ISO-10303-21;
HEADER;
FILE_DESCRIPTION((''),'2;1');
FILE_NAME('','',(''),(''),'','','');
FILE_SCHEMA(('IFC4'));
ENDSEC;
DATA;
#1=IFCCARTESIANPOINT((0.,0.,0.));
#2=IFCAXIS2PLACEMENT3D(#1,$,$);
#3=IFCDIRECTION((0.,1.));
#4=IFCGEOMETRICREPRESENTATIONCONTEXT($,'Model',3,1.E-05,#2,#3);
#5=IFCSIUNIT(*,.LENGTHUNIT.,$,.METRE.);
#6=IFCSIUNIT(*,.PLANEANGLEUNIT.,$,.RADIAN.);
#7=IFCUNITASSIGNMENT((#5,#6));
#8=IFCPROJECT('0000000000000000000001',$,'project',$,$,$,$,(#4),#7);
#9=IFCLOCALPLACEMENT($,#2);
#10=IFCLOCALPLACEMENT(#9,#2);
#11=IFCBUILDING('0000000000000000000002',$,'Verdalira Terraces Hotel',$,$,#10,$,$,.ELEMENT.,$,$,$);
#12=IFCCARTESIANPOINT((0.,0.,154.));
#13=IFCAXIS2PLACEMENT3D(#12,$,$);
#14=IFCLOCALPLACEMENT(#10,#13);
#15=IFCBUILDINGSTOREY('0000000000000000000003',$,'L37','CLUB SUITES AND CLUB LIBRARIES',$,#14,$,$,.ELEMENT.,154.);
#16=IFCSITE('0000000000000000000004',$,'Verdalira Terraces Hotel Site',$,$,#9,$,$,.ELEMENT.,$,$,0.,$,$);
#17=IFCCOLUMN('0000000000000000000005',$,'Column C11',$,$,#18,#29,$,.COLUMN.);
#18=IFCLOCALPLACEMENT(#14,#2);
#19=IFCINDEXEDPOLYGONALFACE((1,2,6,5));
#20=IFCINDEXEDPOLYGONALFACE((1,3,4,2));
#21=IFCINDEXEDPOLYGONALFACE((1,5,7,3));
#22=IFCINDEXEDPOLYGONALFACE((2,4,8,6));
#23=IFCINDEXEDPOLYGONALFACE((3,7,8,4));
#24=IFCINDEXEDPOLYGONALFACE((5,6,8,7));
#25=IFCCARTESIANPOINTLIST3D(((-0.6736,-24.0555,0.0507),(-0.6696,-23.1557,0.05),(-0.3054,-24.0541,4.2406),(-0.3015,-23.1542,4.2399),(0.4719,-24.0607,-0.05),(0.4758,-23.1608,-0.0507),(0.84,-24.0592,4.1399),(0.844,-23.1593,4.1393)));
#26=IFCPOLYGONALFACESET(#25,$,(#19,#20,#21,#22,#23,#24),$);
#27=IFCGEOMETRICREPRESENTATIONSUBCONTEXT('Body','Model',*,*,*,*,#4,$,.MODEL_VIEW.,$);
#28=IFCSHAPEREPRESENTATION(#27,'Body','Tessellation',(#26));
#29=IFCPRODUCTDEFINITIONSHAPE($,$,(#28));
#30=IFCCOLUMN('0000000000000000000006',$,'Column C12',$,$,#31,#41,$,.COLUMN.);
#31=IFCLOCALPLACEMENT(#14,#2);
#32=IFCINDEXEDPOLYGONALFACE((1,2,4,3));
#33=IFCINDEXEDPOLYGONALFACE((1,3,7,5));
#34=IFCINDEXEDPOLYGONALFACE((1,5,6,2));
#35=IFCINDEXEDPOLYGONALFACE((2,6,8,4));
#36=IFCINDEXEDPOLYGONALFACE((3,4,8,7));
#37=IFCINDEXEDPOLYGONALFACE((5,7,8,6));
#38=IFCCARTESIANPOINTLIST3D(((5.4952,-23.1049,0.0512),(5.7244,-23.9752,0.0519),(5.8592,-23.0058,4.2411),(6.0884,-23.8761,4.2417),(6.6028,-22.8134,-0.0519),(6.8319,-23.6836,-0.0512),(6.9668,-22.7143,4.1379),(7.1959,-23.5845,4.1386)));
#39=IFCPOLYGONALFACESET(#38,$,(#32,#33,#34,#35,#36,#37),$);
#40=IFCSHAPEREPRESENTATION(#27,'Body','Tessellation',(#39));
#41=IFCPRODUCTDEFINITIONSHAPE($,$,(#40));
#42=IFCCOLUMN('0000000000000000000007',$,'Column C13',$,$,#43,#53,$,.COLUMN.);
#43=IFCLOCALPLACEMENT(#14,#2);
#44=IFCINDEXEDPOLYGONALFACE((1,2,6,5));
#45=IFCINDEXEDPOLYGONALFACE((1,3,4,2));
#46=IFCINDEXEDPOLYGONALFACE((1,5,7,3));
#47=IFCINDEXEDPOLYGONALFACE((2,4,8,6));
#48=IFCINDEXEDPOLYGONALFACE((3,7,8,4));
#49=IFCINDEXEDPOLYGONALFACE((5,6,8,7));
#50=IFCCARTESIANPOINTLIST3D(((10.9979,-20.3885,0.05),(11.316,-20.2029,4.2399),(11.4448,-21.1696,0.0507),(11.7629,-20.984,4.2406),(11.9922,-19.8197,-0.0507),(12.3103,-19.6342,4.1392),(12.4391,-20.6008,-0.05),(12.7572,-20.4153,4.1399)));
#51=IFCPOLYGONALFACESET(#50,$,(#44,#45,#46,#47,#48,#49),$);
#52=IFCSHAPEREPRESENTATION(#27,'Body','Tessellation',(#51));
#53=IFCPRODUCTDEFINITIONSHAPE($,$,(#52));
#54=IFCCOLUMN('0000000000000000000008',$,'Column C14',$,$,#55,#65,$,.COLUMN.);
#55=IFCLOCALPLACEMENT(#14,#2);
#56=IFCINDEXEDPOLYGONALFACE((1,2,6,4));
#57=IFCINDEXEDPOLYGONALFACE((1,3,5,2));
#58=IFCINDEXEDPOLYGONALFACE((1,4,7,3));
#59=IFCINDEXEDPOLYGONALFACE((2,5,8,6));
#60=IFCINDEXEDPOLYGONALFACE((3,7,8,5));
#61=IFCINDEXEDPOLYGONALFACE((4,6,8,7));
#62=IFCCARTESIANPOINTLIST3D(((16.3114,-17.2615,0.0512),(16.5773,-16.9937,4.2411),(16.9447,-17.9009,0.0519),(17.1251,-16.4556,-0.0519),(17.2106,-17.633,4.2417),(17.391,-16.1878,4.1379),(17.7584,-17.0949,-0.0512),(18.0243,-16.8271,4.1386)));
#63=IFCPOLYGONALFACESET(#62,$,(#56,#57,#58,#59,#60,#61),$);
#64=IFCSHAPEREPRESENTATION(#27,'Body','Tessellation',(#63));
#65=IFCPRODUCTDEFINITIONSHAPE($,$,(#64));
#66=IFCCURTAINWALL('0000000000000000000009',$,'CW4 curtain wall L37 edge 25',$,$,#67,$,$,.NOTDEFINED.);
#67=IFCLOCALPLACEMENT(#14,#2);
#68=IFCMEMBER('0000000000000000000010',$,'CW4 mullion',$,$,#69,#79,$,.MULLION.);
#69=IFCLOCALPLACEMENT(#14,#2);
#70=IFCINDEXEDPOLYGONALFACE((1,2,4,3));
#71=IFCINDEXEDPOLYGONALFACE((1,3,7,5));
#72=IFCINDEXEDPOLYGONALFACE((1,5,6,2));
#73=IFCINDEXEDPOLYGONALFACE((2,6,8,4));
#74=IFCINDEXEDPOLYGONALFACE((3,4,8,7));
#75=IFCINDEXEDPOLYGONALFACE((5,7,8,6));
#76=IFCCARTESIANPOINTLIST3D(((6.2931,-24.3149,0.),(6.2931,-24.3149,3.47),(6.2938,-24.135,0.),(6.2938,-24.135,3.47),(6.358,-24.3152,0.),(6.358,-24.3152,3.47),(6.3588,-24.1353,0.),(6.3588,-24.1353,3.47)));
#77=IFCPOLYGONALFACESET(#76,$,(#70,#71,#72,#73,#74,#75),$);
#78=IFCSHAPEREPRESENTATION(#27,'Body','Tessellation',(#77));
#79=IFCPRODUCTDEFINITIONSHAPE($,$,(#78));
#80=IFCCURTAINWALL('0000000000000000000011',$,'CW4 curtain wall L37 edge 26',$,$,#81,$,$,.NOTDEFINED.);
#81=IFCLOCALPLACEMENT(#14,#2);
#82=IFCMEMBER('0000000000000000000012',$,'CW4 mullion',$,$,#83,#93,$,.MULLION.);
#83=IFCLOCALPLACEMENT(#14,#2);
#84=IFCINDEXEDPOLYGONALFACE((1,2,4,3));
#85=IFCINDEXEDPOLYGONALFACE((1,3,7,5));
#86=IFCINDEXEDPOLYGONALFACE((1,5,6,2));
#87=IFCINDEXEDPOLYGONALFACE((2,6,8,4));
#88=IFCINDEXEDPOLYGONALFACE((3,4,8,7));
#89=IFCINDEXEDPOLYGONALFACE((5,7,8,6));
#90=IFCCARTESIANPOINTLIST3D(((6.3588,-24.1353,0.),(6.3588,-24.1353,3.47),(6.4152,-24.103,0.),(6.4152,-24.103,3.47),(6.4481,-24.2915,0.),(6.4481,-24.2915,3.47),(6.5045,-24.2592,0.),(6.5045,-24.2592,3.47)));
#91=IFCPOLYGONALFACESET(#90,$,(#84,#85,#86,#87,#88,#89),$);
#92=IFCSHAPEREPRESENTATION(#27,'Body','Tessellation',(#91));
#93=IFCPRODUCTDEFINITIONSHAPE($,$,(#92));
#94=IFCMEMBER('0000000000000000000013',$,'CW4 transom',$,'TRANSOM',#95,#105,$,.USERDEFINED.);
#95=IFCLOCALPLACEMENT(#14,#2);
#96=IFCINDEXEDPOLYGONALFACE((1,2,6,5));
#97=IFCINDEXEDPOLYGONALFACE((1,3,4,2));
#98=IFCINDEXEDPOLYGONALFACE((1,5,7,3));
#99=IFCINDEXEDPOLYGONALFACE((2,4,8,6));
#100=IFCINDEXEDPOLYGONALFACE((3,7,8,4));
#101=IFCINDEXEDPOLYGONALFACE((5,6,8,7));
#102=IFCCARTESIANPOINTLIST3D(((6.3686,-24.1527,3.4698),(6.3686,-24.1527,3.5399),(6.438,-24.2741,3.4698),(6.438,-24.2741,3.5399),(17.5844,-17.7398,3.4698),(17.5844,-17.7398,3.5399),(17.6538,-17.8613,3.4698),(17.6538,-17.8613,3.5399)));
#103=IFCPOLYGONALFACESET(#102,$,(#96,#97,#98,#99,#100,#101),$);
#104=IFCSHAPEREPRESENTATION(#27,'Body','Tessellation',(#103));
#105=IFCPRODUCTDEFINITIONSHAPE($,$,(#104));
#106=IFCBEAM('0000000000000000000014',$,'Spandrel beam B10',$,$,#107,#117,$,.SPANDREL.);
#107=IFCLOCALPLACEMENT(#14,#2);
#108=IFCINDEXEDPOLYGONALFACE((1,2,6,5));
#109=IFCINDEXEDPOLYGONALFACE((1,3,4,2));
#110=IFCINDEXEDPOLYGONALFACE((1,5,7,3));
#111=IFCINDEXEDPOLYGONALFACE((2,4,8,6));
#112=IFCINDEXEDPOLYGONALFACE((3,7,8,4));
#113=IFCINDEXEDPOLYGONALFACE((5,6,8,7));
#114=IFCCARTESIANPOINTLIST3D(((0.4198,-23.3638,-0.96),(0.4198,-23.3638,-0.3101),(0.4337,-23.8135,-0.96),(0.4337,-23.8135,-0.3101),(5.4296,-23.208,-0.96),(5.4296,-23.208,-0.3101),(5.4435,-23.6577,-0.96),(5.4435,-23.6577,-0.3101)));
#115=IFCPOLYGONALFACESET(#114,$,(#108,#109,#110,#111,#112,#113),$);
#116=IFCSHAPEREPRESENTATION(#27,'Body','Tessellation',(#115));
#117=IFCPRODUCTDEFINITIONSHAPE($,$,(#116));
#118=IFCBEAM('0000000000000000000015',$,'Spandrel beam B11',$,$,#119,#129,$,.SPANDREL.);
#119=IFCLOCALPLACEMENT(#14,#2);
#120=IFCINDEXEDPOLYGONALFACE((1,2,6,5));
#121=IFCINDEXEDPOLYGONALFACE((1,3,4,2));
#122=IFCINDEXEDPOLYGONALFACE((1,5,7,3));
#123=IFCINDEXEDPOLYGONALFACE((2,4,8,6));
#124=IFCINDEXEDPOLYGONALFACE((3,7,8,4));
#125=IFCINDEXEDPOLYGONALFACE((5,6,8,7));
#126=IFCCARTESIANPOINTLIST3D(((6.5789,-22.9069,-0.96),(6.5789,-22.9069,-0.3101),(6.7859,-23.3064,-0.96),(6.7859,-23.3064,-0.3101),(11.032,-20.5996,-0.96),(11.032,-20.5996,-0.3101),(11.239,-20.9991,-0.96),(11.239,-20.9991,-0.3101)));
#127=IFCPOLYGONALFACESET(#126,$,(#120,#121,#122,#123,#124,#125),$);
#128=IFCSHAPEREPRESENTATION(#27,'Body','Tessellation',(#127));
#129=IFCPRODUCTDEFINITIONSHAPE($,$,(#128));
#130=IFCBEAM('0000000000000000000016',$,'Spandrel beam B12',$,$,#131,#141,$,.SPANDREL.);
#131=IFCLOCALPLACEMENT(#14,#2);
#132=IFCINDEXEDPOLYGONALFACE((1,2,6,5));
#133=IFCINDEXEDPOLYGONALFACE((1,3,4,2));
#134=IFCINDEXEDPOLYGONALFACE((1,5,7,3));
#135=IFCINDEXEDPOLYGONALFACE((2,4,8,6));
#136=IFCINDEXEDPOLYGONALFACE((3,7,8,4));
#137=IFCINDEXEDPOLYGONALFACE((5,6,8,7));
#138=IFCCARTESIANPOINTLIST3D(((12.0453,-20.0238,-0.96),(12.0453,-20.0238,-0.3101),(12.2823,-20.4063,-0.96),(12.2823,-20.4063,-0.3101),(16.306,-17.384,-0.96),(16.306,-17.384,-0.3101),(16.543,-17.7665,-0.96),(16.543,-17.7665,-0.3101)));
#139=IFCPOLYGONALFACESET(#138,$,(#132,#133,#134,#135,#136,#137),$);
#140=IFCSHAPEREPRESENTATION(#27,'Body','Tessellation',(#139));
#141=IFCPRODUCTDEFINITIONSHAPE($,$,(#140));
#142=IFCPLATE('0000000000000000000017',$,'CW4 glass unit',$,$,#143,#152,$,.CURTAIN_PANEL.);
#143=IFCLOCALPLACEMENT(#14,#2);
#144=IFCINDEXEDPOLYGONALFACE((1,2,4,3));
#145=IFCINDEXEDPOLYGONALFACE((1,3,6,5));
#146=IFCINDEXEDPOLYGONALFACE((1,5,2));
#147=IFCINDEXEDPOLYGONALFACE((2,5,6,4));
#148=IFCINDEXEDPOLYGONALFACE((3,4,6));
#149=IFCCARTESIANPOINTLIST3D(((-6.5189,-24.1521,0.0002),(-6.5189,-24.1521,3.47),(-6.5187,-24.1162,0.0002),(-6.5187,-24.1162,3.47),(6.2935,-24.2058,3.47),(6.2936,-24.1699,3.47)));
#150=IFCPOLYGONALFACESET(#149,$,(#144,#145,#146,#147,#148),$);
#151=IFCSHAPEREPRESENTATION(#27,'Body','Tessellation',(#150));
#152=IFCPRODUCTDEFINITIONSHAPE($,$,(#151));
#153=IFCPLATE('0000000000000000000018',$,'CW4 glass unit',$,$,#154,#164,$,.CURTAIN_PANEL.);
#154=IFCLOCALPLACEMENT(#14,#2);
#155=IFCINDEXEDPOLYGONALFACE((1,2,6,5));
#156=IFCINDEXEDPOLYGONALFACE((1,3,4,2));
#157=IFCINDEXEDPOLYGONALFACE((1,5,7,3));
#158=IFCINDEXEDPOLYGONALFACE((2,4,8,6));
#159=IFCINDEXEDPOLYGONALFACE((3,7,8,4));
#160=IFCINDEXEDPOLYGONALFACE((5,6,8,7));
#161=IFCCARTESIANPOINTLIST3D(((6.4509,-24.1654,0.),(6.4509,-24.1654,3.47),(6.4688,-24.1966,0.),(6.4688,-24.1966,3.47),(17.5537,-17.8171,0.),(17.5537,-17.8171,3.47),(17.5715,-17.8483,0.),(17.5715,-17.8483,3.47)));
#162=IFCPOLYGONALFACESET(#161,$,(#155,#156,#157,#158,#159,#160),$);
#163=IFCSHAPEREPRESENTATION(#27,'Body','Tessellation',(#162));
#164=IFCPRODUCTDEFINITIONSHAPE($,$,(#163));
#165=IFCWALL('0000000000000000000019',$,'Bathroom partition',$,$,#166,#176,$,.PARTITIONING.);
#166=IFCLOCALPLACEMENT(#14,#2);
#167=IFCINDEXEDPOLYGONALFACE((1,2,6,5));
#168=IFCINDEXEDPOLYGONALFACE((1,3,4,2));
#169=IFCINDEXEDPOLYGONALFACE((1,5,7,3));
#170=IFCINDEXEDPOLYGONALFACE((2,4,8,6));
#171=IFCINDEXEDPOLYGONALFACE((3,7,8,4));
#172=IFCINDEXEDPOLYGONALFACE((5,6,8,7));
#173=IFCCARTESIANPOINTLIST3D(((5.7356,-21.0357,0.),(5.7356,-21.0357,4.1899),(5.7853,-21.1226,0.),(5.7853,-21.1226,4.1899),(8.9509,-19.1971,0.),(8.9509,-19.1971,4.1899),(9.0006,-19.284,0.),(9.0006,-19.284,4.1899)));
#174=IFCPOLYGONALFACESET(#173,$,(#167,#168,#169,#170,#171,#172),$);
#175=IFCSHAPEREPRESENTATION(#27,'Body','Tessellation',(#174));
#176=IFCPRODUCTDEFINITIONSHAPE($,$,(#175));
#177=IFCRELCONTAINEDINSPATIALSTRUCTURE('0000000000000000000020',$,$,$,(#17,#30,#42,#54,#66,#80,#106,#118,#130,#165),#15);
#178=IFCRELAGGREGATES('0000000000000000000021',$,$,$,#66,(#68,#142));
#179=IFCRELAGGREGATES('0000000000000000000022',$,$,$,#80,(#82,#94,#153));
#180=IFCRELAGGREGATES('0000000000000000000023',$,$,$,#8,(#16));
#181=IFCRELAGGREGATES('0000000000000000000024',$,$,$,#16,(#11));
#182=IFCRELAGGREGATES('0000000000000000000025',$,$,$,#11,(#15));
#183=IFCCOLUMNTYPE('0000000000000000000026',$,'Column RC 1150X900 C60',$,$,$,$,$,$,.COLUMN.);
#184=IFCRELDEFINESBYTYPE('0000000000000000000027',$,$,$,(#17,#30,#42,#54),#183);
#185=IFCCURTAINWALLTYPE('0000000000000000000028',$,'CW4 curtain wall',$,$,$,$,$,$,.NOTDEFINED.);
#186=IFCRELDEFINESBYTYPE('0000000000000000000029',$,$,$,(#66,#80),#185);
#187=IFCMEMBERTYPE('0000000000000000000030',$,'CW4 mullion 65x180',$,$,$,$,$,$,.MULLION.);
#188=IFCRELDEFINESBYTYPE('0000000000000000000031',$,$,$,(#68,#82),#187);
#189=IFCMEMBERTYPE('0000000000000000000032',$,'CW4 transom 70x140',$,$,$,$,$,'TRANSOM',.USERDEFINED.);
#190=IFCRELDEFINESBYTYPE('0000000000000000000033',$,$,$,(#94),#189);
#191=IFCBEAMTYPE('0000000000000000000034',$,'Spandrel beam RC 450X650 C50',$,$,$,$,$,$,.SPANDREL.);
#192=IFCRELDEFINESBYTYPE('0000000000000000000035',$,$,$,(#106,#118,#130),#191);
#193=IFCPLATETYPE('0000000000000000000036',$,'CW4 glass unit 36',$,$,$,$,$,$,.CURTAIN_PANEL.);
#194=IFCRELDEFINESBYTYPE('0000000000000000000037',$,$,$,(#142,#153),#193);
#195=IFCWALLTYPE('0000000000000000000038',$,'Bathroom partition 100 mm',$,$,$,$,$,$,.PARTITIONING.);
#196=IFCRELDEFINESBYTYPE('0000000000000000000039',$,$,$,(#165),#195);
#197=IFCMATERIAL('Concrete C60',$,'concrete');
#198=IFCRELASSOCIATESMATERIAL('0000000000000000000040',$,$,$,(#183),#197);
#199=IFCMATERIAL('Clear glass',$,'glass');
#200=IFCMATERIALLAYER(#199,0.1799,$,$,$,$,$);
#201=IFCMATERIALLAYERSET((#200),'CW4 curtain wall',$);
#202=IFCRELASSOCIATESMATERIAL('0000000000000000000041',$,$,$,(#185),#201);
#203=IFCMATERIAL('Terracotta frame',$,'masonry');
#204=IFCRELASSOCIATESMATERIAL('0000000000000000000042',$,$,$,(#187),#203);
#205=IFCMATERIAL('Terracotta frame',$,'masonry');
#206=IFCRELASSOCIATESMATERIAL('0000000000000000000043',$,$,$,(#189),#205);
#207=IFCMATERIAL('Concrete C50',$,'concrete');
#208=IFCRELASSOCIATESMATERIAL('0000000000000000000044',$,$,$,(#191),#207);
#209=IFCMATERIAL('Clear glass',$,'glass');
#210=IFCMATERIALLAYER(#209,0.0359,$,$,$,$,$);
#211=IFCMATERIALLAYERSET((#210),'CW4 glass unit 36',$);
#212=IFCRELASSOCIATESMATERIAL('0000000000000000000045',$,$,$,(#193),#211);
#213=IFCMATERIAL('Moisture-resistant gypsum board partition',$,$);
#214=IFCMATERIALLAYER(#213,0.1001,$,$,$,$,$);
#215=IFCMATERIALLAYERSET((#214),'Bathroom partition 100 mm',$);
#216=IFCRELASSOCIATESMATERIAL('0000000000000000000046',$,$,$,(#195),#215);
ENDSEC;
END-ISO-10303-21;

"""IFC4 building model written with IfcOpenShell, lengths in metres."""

from ifc_helpers import new_model, si_unit, direction, frame, frame_2d, origin, origin_2d, place, context, subcontext, project, spatial, polyline, rectangle, outline, extrude, material, layer, layer_set, material_profile, profile_set, type_object, element, aggregate, save


model = new_model("IFC4")

# Units and contexts
model_context = context("Model", 3, precision=1e-05, world=origin(), true_north=direction((0.0, 1.0)))
body_context = subcontext(model_context, "Body", "Model", "MODEL_VIEW")
ifc_project = project(units=[si_unit("LENGTHUNIT", "METRE"), si_unit("PLANEANGLEUNIT", "RADIAN")], contexts=[model_context])

# Site, building, storey
site_placement = place(None, origin())
site = spatial("IfcSite", under=ifc_project, at=site_placement, Name="Verdalira Terraces Hotel Site", CompositionType="ELEMENT", RefElevation=0.0)
building_placement = place(site_placement, origin())
building = spatial("IfcBuilding", under=site, at=building_placement, Name="Verdalira Terraces Hotel", CompositionType="ELEMENT")
storey_placement = place(building_placement, frame((0.0, 0.0, 154.0)))
storey = spatial("IfcBuildingStorey", under=building, at=storey_placement, Name="L37", Description="CLUB SUITES AND CLUB LIBRARIES", CompositionType="ELEMENT", Elevation=154.0)

# Columns
ifc_material_1 = material(Name="Concrete C60", Category="concrete")
ifc_material_profile_1 = material_profile(ifc_material_1, rectangle(XDim=1.1499, YDim=0.8999, at=origin_2d()), Name="RC 1150X900")
ifc_profile_set_1 = profile_set([ifc_material_profile_1], Name="Concrete C60")
column_type = type_object("IfcColumnType", Name="Column RC 1150X900 C60", PredefinedType="COLUMN", material=ifc_profile_set_1)
column_1_placement = place(storey_placement, frame((-0.0989, -23.6082, 0.0), z_axis=(0.087531, 0.000348, 0.996162), x_axis=(0.996152, -0.004447, -0.087529)))
element("IfcColumn", 1, at=column_1_placement, inside=storey, type_object=column_type, Name="Column C11", PredefinedType="COLUMN", context=body_context, shape_type="SweptSolid", body=[
    extrude(rectangle(XDim=1.1499, YDim=0.8999, at=origin_2d()), origin(), (0.0, 0.0, 1.0), 4.2061),
])
column_2_placement = place(storey_placement, frame((6.1636, -23.3943, 0.0), z_axis=(0.086528, 0.023562, 0.995971), x_axis=(-0.963156, -0.253551, 0.089675)))
element("IfcColumn", 2, at=column_2_placement, inside=storey, type_object=column_type, Name="Column C12", PredefinedType="COLUMN", context=body_context, shape_type="SweptSolid", body=[
    extrude(rectangle(XDim=1.1499, YDim=0.8999, at=origin_2d()), origin(), (0.0, 0.0, 1.0), 4.2068),
])
column_3_placement = place(storey_placement, frame((11.7185, -20.4946, 0.0), z_axis=(0.075632, 0.044114, 0.99616), x_axis=(0.864693, 0.494612, -0.087554)))
element("IfcColumn", 3, at=column_3_placement, inside=storey, type_object=column_type, Name="Column C13", PredefinedType="COLUMN", context=body_context, shape_type="SweptSolid", body=[
    extrude(rectangle(XDim=1.1499, YDim=0.8999, at=origin_2d()), origin(), (0.0, 0.0, 1.0), 4.2061),
])
column_4_placement = place(storey_placement, frame((17.0349, -17.1782, 0.0), z_axis=(0.063198, 0.063663, 0.995968), x_axis=(-0.707618, -0.700878, 0.089702)))
element("IfcColumn", 4, at=column_4_placement, inside=storey, type_object=column_type, Name="Column C14", PredefinedType="COLUMN", context=body_context, shape_type="SweptSolid", body=[
    extrude(rectangle(XDim=1.1499, YDim=0.8999, at=origin_2d()), origin(), (0.0, 0.0, 1.0), 4.2068),
])

# Curtain wall, member
ifc_material_2 = material(Name="Clear glass", Category="glass")
ifc_layer_1 = layer(ifc_material_2, 0.1799)
ifc_layer_set_1 = layer_set([ifc_layer_1], Name="CW4 curtain wall")
curtain_wall_type = type_object("IfcCurtainWallType", Name="CW4 curtain wall", PredefinedType="NOTDEFINED", material=ifc_layer_set_1)
curtain_wall_1_placement = place(storey_placement, origin())
curtain_wall_1 = element("IfcCurtainWall", 5, at=curtain_wall_1_placement, inside=storey, type_object=curtain_wall_type, Name="CW4 curtain wall L37 edge 25", PredefinedType="NOTDEFINED")
ifc_material_3 = material(Name="Terracotta frame", Category="masonry")
ifc_material_profile_2 = material_profile(ifc_material_3, rectangle(XDim=0.0649, YDim=0.1799, at=origin_2d()), Name="MU 65x180")
ifc_profile_set_2 = profile_set([ifc_material_profile_2], Name="Terracotta frame")
member_type_1 = type_object("IfcMemberType", Name="CW4 mullion 65x180", PredefinedType="MULLION", material=ifc_profile_set_2)
member_1_placement = place(storey_placement, frame((6.3259, -24.2251, 0.0), z_axis=(0.0, 0.0, 1.0), x_axis=(0.999991, -0.004189, 0.0)))
member_1 = element("IfcMember", 6, at=member_1_placement, type_object=member_type_1, Name="CW4 mullion", PredefinedType="MULLION", context=body_context, shape_type="SweptSolid", body=[
    extrude(rectangle(XDim=0.0649, YDim=0.1799, at=origin_2d()), origin(), (0.0, 0.0, 1.0), 3.47),
])

# Curtain wall, members
curtain_wall_2_placement = place(storey_placement, origin())
curtain_wall_2 = element("IfcCurtainWall", 7, at=curtain_wall_2_placement, inside=storey, type_object=curtain_wall_type, Name="CW4 curtain wall L37 edge 26", PredefinedType="NOTDEFINED")
member_2_placement = place(storey_placement, frame((6.4316, -24.1973, 0.0), z_axis=(0.0, 0.0, 1.0), x_axis=(0.868112, 0.496368, 0.0)))
member_2 = element("IfcMember", 8, at=member_2_placement, type_object=member_type_1, Name="CW4 mullion", PredefinedType="MULLION", context=body_context, shape_type="SweptSolid", body=[
    extrude(rectangle(XDim=0.0649, YDim=0.1799, at=origin_2d()), origin(), (0.0, 0.0, 1.0), 3.47),
])
ifc_material_4 = material(Name="Terracotta frame", Category="masonry")
ifc_material_profile_3 = material_profile(ifc_material_4, rectangle(XDim=0.1399, YDim=0.0701, at=origin_2d()), Name="TR 70x140")
ifc_profile_set_3 = profile_set([ifc_material_profile_3], Name="Terracotta frame")
member_type_2 = type_object("IfcMemberType", Name="CW4 transom 70x140", ElementType="TRANSOM", PredefinedType="USERDEFINED", material=ifc_profile_set_3)
member_3_placement = place(storey_placement, frame((6.4033, -24.2134, 3.5049), z_axis=(0.868116, 0.496361, 0.0), x_axis=(-0.496361, 0.868116, 0.0)))
member_3 = element("IfcMember", 9, at=member_3_placement, type_object=member_type_2, Name="CW4 transom", ObjectType="TRANSOM", PredefinedType="USERDEFINED", context=body_context, shape_type="SweptSolid", body=[
    extrude(rectangle(XDim=0.1399, YDim=0.0701, at=origin_2d()), origin(), (0.0, 0.0, 1.0), 12.9197),
])

# Beams
ifc_material_5 = material(Name="Concrete C50", Category="concrete")
ifc_material_profile_4 = material_profile(ifc_material_5, rectangle(XDim=0.45, YDim=0.6499, at=origin_2d()), Name="RC 450X650")
ifc_profile_set_4 = profile_set([ifc_material_profile_4], Name="Concrete C50")
beam_type = type_object("IfcBeamType", Name="Spandrel beam RC 450X650 C50", PredefinedType="SPANDREL", material=ifc_profile_set_4)
beam_1_placement = place(storey_placement, frame((0.4268, -23.5886, -0.635), z_axis=(0.999517, 0.031077, 0.0), x_axis=(-0.031077, 0.999517, 0.0)))
element("IfcBeam", 10, at=beam_1_placement, inside=storey, type_object=beam_type, Name="Spandrel beam B10", PredefinedType="SPANDREL", context=body_context, shape_type="SweptSolid", body=[
    extrude(rectangle(XDim=0.45, YDim=0.6499, at=origin_2d()), origin(), (0.0, 0.0, 1.0), 5.0122),
])
beam_2_placement = place(storey_placement, frame((6.6824, -23.1067, -0.635), z_axis=(0.887889, 0.460057, 0.0), x_axis=(-0.460057, 0.887889, 0.0)))
element("IfcBeam", 11, at=beam_2_placement, inside=storey, type_object=beam_type, Name="Spandrel beam B11", PredefinedType="SPANDREL", context=body_context, shape_type="SweptSolid", body=[
    extrude(rectangle(XDim=0.45, YDim=0.6499, at=origin_2d()), origin(), (0.0, 0.0, 1.0), 5.0154),
])
beam_3_placement = place(storey_placement, frame((12.1638, -20.2151, -0.635), z_axis=(0.850061, 0.526685, 0.0), x_axis=(-0.526685, 0.850061, 0.0)))
element("IfcBeam", 12, at=beam_3_placement, inside=storey, type_object=beam_type, Name="Spandrel beam B12", PredefinedType="SPANDREL", context=body_context, shape_type="SweptSolid", body=[
    extrude(rectangle(XDim=0.45, YDim=0.6499, at=origin_2d()), origin(), (0.0, 0.0, 1.0), 5.0122),
])

# Plates
ifc_material_6 = material(Name="Clear glass", Category="glass")
ifc_layer_2 = layer(ifc_material_6, 0.0359)
ifc_layer_set_2 = layer_set([ifc_layer_2], Name="CW4 glass unit 36")
plate_type = type_object("IfcPlateType", Name="CW4 glass unit 36", PredefinedType="CURTAIN_PANEL", material=ifc_layer_set_2)
plate_1_placement = place(storey_placement, frame((-0.1125, -24.1431, 1.7351), z_axis=(-0.004189, -0.999991, 0.0), x_axis=(0.999991, -0.004189, 0.0)))
plate_1 = element("IfcPlate", 13, at=plate_1_placement, type_object=plate_type, Name="CW4 glass unit", PredefinedType="CURTAIN_PANEL", context=body_context, shape_type="SweptSolid", body=[
    extrude(outline(polyline([(-6.4062, -1.7349), (6.4062, 1.7349), (-6.4062, 1.7349), (-6.4062, -1.7349)])), origin(), (0.0, 0.0, 1.0), 0.0359),
])
aggregate(curtain_wall_1, [member_1, plate_1])
plate_2_placement = place(storey_placement, frame((12.0112, -21.0068, 0.0), z_axis=(0.0, 0.0, 1.0), x_axis=(0.868112, 0.496368, 0.0)))
plate_2 = element("IfcPlate", 14, at=plate_2_placement, type_object=plate_type, Name="CW4 glass unit", PredefinedType="CURTAIN_PANEL", context=body_context, shape_type="SweptSolid", body=[
    extrude(rectangle(XDim=12.7896, YDim=0.0359, at=origin_2d()), origin(), (0.0, 0.0, 1.0), 3.47),
])
aggregate(curtain_wall_2, [member_2, member_3, plate_2])

# Wall
ifc_material_7 = material(Name="Moisture-resistant gypsum board partition")
ifc_layer_3 = layer(ifc_material_7, 0.1001)
ifc_layer_set_3 = layer_set([ifc_layer_3], Name="Bathroom partition 100 mm")
wall_type_1 = type_object("IfcWallType", Name="Bathroom partition 100 mm", PredefinedType="PARTITIONING", material=ifc_layer_set_3)
wall_1_placement = place(storey_placement, frame((8.9758, -19.2405, 0.0), z_axis=(0.0, 0.0, 1.0), x_axis=(-0.868093, -0.496402, 0.0)))
element("IfcWall", 15, at=wall_1_placement, inside=storey, type_object=wall_type_1, Name="Bathroom partition", PredefinedType="PARTITIONING", context=body_context, shape_type="SweptSolid", body=[
    extrude(rectangle(XDim=3.7039, YDim=0.1001, at=frame_2d((1.8521, 0.0))), origin(), (0.0, 0.0, 1.0), 4.1899),
])

save(model, "model.ifc")
